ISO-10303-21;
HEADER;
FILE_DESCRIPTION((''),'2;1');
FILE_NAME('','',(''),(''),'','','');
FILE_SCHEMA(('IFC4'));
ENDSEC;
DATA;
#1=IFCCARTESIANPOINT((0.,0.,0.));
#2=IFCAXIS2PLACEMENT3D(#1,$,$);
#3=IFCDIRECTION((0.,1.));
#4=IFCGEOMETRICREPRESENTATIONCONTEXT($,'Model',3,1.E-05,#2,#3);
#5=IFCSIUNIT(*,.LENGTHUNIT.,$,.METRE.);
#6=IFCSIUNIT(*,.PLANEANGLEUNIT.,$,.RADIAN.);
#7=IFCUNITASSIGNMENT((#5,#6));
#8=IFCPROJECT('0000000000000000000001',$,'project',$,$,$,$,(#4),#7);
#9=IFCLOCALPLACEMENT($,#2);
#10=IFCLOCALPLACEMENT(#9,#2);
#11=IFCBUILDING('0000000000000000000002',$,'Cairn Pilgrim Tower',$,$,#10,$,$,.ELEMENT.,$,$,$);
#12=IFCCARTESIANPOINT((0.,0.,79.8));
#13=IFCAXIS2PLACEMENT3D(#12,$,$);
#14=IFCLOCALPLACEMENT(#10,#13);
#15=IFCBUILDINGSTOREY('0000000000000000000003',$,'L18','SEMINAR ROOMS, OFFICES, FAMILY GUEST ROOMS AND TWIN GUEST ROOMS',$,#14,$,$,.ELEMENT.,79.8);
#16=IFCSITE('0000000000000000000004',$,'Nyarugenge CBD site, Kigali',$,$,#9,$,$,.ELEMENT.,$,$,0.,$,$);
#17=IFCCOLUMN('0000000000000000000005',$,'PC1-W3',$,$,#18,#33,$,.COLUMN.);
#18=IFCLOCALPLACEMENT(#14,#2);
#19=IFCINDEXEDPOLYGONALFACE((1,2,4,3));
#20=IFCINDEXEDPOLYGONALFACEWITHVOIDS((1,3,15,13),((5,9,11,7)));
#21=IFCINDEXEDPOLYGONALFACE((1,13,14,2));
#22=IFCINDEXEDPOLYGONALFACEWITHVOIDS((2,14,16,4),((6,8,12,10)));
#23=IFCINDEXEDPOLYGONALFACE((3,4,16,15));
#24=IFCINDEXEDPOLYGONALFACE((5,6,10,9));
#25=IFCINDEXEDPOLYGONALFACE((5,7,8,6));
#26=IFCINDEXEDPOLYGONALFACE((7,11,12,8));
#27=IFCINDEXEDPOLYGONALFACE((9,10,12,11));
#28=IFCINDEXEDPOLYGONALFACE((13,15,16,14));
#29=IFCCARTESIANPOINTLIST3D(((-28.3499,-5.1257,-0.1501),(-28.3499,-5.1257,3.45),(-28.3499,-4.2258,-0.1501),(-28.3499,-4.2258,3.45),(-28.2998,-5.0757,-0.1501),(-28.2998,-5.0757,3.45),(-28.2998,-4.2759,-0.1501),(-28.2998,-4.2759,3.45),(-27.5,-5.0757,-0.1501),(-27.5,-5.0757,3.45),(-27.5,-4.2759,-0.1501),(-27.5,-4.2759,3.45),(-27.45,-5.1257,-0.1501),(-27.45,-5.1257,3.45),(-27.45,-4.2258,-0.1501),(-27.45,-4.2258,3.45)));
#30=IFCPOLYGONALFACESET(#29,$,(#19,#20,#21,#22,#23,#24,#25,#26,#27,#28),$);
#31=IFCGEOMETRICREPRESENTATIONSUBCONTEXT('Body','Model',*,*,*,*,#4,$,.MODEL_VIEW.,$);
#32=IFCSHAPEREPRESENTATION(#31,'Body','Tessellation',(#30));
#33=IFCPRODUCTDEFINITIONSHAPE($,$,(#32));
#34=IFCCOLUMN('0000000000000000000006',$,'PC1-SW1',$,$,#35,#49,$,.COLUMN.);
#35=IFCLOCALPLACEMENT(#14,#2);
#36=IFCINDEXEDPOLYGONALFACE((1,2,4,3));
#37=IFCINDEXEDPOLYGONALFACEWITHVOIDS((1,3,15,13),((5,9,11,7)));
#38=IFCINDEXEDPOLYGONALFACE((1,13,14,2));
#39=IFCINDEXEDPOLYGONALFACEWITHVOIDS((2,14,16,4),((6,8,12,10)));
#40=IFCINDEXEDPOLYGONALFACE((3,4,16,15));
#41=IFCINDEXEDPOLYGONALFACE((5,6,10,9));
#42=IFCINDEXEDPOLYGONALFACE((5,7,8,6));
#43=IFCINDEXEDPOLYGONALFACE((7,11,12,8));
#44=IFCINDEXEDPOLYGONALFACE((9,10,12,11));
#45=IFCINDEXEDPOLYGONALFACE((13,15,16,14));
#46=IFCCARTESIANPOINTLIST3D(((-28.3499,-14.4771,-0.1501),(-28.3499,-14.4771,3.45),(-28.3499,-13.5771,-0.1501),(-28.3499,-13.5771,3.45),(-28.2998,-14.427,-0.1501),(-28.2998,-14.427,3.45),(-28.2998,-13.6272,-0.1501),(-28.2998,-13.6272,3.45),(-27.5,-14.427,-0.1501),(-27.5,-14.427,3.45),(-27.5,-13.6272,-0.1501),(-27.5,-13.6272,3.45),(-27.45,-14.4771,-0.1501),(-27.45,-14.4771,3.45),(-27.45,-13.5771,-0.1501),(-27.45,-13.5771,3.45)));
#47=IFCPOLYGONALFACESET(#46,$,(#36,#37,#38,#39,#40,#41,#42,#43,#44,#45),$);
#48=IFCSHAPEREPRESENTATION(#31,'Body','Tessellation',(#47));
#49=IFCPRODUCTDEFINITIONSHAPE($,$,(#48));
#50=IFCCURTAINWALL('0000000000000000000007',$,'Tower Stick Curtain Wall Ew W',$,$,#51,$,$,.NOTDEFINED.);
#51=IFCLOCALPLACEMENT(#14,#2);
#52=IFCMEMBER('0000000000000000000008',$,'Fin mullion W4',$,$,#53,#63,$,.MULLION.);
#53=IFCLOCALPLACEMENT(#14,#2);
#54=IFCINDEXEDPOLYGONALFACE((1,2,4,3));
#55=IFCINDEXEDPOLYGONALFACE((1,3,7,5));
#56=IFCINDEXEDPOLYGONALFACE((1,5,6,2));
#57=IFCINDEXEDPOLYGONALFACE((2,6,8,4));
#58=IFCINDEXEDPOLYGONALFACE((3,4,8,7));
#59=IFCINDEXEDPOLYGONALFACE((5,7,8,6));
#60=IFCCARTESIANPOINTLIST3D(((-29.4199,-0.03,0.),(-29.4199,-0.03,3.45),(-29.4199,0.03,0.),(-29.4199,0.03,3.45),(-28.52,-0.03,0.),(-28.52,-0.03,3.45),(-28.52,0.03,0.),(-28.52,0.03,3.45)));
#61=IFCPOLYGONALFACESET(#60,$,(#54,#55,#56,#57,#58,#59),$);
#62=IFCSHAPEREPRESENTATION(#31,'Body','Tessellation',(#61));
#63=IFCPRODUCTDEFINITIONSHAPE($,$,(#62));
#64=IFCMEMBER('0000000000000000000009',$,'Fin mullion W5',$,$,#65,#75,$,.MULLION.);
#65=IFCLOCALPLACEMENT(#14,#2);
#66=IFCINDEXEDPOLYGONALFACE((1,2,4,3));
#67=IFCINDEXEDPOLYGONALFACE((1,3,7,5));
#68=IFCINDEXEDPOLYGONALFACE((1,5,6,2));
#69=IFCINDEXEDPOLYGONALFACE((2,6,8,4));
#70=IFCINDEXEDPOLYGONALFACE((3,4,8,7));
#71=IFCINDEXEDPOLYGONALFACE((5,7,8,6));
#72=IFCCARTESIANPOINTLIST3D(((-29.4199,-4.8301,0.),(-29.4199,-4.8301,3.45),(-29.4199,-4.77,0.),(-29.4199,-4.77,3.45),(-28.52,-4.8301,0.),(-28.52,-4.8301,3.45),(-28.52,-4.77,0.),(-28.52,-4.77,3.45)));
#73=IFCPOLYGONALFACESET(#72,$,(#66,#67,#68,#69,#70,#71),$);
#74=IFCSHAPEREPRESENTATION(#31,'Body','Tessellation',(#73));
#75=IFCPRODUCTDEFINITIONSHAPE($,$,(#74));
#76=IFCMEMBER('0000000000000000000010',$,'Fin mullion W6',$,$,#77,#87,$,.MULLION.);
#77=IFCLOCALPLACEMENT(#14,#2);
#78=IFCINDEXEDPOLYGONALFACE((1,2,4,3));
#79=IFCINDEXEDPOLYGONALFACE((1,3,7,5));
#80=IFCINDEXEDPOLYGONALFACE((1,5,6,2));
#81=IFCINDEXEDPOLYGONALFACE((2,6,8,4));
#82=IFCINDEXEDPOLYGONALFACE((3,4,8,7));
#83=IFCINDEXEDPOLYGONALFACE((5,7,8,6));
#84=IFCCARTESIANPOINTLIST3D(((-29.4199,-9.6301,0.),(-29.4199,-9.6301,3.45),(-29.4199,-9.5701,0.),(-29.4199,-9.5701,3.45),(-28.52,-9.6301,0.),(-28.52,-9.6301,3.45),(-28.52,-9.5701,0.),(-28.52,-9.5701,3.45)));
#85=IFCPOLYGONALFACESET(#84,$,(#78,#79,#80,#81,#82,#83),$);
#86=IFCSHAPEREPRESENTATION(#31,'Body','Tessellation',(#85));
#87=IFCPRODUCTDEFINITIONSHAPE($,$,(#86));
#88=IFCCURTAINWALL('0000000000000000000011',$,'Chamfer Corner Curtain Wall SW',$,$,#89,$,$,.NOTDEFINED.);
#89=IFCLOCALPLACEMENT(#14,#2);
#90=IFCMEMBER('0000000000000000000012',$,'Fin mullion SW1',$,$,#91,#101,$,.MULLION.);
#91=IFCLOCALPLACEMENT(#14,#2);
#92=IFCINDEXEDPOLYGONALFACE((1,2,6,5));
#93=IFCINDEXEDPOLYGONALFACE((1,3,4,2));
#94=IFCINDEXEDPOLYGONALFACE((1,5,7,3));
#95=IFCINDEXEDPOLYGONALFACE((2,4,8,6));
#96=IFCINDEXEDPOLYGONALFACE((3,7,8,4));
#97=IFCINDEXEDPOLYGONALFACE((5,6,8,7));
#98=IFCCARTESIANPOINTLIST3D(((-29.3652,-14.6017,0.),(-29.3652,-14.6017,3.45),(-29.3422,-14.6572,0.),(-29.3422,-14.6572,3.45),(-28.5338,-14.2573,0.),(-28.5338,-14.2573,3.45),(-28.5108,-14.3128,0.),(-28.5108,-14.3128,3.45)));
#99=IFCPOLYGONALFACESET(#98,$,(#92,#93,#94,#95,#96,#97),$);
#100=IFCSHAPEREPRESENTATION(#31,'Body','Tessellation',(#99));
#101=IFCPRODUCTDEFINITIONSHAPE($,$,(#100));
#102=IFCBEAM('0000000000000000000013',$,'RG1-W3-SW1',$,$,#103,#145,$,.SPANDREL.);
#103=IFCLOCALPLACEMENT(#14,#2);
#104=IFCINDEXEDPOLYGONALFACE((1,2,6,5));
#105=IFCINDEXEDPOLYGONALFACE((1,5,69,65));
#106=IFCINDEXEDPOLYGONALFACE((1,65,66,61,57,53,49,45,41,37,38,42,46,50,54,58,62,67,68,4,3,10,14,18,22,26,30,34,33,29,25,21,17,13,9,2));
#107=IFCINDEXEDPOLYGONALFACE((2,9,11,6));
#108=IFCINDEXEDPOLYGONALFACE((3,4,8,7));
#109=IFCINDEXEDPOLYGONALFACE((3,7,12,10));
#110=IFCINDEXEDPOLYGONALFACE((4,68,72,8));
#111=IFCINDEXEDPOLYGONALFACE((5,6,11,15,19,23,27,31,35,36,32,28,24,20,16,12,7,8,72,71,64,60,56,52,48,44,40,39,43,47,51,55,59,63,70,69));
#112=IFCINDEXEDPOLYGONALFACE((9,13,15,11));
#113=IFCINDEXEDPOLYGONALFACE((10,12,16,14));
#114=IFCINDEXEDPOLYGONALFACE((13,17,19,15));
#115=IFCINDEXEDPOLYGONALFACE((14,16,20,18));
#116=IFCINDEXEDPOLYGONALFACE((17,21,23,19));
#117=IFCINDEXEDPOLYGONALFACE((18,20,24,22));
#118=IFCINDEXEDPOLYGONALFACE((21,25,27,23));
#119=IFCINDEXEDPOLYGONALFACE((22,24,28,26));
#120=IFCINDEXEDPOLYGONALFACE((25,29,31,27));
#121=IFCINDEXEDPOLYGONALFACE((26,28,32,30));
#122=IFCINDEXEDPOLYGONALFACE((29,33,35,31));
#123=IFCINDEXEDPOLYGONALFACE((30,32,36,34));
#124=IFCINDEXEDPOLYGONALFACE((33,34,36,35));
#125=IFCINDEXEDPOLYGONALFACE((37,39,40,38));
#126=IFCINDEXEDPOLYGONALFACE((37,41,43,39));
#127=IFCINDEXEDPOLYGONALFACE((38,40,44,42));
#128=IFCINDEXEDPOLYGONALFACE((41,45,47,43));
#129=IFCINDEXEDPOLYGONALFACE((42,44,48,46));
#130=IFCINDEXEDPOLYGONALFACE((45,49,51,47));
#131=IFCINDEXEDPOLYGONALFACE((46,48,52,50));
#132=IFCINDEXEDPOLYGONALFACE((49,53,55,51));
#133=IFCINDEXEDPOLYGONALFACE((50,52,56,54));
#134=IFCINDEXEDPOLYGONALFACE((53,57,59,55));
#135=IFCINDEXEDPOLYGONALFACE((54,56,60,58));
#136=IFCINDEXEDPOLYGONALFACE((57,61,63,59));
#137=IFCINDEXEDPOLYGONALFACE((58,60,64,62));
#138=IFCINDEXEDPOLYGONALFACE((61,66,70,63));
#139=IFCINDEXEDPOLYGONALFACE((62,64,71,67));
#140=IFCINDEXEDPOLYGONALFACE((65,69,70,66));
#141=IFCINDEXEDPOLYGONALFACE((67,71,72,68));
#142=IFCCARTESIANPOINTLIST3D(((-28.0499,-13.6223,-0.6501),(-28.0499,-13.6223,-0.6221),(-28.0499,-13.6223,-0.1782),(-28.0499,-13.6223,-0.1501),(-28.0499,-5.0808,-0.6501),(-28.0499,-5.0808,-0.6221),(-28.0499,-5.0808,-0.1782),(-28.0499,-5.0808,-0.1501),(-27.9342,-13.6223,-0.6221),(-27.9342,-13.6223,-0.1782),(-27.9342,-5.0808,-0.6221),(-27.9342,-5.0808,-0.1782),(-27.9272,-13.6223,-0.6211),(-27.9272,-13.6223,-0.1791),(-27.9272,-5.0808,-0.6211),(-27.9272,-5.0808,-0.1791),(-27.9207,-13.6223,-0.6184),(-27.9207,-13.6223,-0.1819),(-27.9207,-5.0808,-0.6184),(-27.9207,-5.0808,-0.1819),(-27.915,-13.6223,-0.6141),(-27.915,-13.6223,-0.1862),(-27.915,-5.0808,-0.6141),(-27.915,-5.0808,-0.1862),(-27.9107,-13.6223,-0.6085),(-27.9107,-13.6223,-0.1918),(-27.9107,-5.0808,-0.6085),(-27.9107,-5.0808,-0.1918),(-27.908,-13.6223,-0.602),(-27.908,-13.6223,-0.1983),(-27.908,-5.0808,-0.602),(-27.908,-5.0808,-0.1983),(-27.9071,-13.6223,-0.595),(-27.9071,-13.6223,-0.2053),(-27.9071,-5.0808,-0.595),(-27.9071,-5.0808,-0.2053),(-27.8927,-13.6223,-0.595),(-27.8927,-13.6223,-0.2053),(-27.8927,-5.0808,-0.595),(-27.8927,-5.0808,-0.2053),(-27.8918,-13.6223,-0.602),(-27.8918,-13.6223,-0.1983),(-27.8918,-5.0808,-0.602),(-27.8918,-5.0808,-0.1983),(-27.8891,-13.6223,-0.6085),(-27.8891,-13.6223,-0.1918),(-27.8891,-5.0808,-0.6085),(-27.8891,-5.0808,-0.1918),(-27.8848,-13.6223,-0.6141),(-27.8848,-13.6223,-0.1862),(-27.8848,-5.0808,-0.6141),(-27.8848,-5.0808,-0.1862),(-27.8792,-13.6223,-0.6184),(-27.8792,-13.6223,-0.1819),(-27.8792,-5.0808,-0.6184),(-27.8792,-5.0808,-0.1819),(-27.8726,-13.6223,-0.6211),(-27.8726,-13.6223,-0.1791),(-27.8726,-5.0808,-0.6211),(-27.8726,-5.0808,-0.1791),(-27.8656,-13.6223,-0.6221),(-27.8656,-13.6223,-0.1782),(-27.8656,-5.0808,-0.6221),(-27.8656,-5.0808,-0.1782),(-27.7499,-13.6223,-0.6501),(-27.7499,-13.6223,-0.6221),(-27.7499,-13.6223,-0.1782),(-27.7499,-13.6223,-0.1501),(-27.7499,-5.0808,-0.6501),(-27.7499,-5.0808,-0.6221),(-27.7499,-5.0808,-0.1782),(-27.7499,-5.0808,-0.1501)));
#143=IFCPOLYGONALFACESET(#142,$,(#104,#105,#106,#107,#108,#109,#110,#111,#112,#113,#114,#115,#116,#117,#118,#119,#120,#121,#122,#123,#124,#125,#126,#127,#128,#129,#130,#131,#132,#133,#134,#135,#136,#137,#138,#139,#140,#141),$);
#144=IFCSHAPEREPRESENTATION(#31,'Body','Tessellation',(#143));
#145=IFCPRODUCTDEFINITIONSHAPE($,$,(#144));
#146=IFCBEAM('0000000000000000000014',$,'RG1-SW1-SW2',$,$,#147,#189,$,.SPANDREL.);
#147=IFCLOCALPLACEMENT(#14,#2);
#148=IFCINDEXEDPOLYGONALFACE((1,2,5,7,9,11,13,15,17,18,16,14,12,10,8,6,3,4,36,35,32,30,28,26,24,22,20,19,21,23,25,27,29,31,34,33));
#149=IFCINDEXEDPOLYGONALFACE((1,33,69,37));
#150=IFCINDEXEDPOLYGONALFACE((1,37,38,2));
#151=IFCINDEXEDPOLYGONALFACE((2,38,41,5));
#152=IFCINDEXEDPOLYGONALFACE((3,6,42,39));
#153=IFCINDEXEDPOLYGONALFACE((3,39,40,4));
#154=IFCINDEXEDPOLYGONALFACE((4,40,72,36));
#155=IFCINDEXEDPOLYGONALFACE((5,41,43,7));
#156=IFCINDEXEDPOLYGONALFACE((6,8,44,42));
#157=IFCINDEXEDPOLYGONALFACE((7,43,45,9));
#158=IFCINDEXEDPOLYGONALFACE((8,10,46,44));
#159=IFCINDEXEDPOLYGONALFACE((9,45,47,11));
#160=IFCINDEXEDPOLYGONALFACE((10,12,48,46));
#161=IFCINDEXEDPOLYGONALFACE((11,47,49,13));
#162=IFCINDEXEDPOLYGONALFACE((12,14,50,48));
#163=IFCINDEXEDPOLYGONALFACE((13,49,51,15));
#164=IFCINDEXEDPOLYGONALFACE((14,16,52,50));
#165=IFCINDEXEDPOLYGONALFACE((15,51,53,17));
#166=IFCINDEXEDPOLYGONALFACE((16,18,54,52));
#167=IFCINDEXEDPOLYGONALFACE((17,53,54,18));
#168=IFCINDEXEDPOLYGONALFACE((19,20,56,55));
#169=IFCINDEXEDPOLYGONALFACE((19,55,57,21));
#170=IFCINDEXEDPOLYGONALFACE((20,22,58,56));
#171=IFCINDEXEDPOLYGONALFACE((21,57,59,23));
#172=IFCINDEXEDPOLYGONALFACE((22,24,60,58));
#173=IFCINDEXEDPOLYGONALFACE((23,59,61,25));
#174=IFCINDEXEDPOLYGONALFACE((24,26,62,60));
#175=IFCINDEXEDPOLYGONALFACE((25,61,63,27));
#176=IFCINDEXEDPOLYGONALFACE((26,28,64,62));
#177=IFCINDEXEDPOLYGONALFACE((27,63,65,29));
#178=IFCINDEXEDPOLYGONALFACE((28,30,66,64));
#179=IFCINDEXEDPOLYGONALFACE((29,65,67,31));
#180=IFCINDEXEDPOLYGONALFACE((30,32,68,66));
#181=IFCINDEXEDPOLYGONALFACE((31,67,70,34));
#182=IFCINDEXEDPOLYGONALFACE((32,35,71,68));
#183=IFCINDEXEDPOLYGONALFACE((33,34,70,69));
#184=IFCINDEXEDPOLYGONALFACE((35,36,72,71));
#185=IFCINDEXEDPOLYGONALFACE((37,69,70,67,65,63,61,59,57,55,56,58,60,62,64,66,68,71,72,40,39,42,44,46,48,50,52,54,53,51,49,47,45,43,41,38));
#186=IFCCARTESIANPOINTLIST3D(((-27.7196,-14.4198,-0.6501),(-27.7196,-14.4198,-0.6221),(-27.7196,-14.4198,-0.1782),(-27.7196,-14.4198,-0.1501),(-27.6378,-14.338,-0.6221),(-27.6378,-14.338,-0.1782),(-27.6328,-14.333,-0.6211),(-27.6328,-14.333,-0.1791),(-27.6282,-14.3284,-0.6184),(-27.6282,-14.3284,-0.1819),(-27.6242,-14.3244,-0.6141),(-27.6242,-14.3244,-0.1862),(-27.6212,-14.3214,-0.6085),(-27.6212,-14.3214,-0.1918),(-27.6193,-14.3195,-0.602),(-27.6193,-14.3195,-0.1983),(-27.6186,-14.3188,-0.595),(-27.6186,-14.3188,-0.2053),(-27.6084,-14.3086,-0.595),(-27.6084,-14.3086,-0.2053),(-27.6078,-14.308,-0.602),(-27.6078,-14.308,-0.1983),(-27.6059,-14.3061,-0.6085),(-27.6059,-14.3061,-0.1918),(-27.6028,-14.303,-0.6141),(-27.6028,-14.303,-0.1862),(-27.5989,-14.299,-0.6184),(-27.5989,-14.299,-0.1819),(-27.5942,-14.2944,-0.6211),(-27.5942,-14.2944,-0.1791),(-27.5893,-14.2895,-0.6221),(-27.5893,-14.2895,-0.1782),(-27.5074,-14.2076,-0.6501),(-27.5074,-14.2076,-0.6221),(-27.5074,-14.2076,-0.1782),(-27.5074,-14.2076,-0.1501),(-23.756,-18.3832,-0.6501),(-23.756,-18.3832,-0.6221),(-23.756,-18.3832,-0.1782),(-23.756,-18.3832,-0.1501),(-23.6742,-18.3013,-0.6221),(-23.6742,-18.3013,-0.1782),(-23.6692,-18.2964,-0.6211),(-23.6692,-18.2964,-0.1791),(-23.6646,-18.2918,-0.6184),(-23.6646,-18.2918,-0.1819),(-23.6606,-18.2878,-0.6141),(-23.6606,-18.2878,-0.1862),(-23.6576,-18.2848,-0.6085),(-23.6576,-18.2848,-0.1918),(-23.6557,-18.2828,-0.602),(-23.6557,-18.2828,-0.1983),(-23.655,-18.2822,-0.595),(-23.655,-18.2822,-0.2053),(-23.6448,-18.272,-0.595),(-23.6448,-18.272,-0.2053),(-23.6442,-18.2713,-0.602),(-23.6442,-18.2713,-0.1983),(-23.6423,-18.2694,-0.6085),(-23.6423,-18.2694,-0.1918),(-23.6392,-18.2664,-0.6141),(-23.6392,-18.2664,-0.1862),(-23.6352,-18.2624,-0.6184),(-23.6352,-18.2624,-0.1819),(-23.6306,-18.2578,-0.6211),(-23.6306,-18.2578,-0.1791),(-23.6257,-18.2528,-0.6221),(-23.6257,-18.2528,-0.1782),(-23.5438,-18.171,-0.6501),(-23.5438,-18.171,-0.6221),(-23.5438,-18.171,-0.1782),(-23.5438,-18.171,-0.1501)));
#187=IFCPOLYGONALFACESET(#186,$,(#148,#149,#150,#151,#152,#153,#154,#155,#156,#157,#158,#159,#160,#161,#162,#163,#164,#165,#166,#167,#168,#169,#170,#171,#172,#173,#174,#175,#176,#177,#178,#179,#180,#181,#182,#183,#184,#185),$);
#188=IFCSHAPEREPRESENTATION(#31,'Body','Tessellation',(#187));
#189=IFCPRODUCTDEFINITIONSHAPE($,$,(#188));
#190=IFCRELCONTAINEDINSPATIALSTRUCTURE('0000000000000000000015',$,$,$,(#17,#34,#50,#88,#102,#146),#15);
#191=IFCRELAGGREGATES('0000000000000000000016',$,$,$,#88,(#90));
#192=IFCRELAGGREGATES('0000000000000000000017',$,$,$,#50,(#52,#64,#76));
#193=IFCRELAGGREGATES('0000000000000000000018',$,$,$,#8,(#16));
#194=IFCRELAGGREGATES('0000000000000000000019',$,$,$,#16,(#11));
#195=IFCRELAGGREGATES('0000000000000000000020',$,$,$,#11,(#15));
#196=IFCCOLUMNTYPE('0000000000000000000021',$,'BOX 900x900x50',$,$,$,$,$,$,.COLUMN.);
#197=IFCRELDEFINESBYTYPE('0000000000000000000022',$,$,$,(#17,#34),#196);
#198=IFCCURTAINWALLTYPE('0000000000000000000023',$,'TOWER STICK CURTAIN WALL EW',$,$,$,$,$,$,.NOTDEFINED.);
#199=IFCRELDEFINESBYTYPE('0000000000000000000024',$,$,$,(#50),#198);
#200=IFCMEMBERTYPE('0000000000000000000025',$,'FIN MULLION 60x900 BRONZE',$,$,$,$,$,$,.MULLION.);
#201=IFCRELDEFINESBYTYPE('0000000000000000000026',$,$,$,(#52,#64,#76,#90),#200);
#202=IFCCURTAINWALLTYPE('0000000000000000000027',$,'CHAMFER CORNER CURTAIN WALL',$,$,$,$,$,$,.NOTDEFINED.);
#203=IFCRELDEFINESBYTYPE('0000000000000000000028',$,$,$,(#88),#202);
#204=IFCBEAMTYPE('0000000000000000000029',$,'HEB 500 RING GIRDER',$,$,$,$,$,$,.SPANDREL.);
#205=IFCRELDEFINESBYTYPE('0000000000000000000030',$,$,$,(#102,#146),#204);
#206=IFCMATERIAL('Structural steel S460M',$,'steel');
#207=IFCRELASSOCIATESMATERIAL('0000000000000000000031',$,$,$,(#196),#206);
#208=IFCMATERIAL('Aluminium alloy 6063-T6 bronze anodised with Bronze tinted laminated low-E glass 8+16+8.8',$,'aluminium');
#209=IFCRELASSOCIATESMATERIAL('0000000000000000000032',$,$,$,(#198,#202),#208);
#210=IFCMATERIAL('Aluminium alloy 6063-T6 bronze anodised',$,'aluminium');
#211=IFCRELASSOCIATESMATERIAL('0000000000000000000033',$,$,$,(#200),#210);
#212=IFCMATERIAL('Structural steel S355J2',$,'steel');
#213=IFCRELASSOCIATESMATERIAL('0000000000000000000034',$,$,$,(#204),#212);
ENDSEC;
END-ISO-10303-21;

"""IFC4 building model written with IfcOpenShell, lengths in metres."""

from ifc_helpers import new_model, si_unit, direction, frame, origin, origin_2d, place, context, subcontext, project, spatial, rectangle, hollow_rectangle, i_section, extrude, material, material_profile, profile_set, type_object, element, aggregate, save


model = new_model("IFC4")

# Units and contexts
model_context = context("Model", 3, precision=1e-05, world=origin(), true_north=direction((0.0, 1.0)))
body_context = subcontext(model_context, "Body", "Model", "MODEL_VIEW")
ifc_project = project(units=[si_unit("LENGTHUNIT", "METRE"), si_unit("PLANEANGLEUNIT", "RADIAN")], contexts=[model_context])

# Site, building, storey
site_placement = place(None, origin())
site = spatial("IfcSite", under=ifc_project, at=site_placement, Name="Nyarugenge CBD site, Kigali", CompositionType="ELEMENT", RefElevation=0.0)
building_placement = place(site_placement, origin())
building = spatial("IfcBuilding", under=site, at=building_placement, Name="Cairn Pilgrim Tower", CompositionType="ELEMENT")
storey_placement = place(building_placement, frame((0.0, 0.0, 79.8)))
storey = spatial("IfcBuildingStorey", under=building, at=storey_placement, Name="L18", Description="SEMINAR ROOMS, OFFICES, FAMILY GUEST ROOMS AND TWIN GUEST ROOMS", CompositionType="ELEMENT", Elevation=79.8)

# Columns
ifc_material_1 = material(Name="Structural steel S460M", Category="steel")
ifc_material_profile_1 = material_profile(ifc_material_1, hollow_rectangle(XDim=0.8999, YDim=0.8999, WallThickness=0.05, at=origin_2d()), Name="BOX 900x900x50")
ifc_profile_set_1 = profile_set([ifc_material_profile_1], Name="Structural steel S460M")
column_type = type_object("IfcColumnType", Name="BOX 900x900x50", PredefinedType="COLUMN", material=ifc_profile_set_1)
for number, where, z_axis, x_axis, name in (
    (1, (-27.8999, -4.6758, -0.1501), (0.0, 0.0, 1.0), (1.0, 0.0, 0.0), "PC1-W3"),
    (2, (-27.8999, -14.0271, -0.1501), (0.0, 0.0, 1.0), (1.0, 0.0, 0.0), "PC1-SW1"),
):
    element("IfcColumn", number, at=place(storey_placement, frame(where, z_axis=z_axis, x_axis=x_axis)), inside=storey, type_object=column_type, Name=name, PredefinedType="COLUMN", context=body_context, shape_type="SweptSolid", body=[
        extrude(hollow_rectangle(XDim=0.8999, YDim=0.8999, WallThickness=0.05, at=origin_2d()), origin(), (0.0, 0.0, 1.0), 3.6001),
    ])

# Curtain wall, members
ifc_material_2 = material(Name="Aluminium alloy 6063-T6 bronze anodised with Bronze tinted laminated low-E glass 8+16+8.8", Category="aluminium")
curtain_wall_type_1 = type_object("IfcCurtainWallType", Name="TOWER STICK CURTAIN WALL EW", PredefinedType="NOTDEFINED", material=ifc_material_2)
curtain_wall_1_placement = place(storey_placement, origin())
curtain_wall_1 = element("IfcCurtainWall", 3, at=curtain_wall_1_placement, inside=storey, type_object=curtain_wall_type_1, Name="Tower Stick Curtain Wall Ew W", PredefinedType="NOTDEFINED")
ifc_material_3 = material(Name="Aluminium alloy 6063-T6 bronze anodised", Category="aluminium")
ifc_material_profile_2 = material_profile(ifc_material_3, rectangle(XDim=0.8999, YDim=0.0601, at=origin_2d()), Name="FIN MULLION 60x900 BRONZE")
ifc_profile_set_2 = profile_set([ifc_material_profile_2], Name="Aluminium alloy 6063-T6 bronze anodised")
member_type_1 = type_object("IfcMemberType", Name="FIN MULLION 60x900 BRONZE", PredefinedType="MULLION", material=ifc_profile_set_2)
member_1_placement = place(storey_placement, frame((-28.97, 0.0, 0.0), z_axis=(0.0, 0.0, 1.0), x_axis=(-1.0, 0.0, 0.0)))
member_1 = element("IfcMember", 4, at=member_1_placement, type_object=member_type_1, Name="Fin mullion W4", PredefinedType="MULLION", context=body_context, shape_type="SweptSolid", body=[
    extrude(rectangle(XDim=0.8999, YDim=0.0601, at=origin_2d()), origin(), (0.0, 0.0, 1.0), 3.45),
])
member_2_placement = place(storey_placement, frame((-28.97, -4.8, 0.0), z_axis=(0.0, 0.0, 1.0), x_axis=(-1.0, 0.0, 0.0)))
member_2 = element("IfcMember", 5, at=member_2_placement, type_object=member_type_1, Name="Fin mullion W5", PredefinedType="MULLION", context=body_context, shape_type="SweptSolid", body=[
    extrude(rectangle(XDim=0.8999, YDim=0.0601, at=origin_2d()), origin(), (0.0, 0.0, 1.0), 3.45),
])
member_3_placement = place(storey_placement, frame((-28.97, -9.6001, 0.0), z_axis=(0.0, 0.0, 1.0), x_axis=(-1.0, 0.0, 0.0)))
member_3 = element("IfcMember", 6, at=member_3_placement, type_object=member_type_1, Name="Fin mullion W6", PredefinedType="MULLION", context=body_context, shape_type="SweptSolid", body=[
    extrude(rectangle(XDim=0.8999, YDim=0.0601, at=origin_2d()), origin(), (0.0, 0.0, 1.0), 3.45),
])

# Curtain wall, member
curtain_wall_type_2 = type_object("IfcCurtainWallType", Name="CHAMFER CORNER CURTAIN WALL", PredefinedType="NOTDEFINED", material=ifc_material_2)
curtain_wall_2_placement = place(storey_placement, origin())
curtain_wall_2 = element("IfcCurtainWall", 7, at=curtain_wall_2_placement, inside=storey, type_object=curtain_wall_type_2, Name="Chamfer Corner Curtain Wall SW", PredefinedType="NOTDEFINED")
member_4_placement = place(storey_placement, frame((-28.938, -14.4573, 0.0), z_axis=(0.0, 0.0, 1.0), x_axis=(-0.92388, -0.382683, 0.0)))
member_4 = element("IfcMember", 8, at=member_4_placement, type_object=member_type_1, Name="Fin mullion SW1", PredefinedType="MULLION", context=body_context, shape_type="SweptSolid", body=[
    extrude(rectangle(XDim=0.8999, YDim=0.0601, at=origin_2d()), origin(), (0.0, 0.0, 1.0), 3.45),
])

# Beams
ifc_material_4 = material(Name="Structural steel S355J2", Category="steel")
ifc_material_profile_3 = material_profile(ifc_material_4, i_section(OverallWidth=0.3, OverallDepth=0.5, WebThickness=0.0144, FlangeThickness=0.0281, FilletRadius=0.0271, at=origin_2d()), Name="HEB 500")
ifc_profile_set_3 = profile_set([ifc_material_profile_3], Name="Structural steel S355J2")
beam_type_1 = type_object("IfcBeamType", Name="HEB 500 RING GIRDER", PredefinedType="SPANDREL", material=ifc_profile_set_3)
beam_1_placement = place(storey_placement, frame((-27.8999, -5.0808, -0.4001), z_axis=(0.0, -1.0, 0.0), x_axis=(1.0, 0.0, 0.0)))
element("IfcBeam", 9, at=beam_1_placement, inside=storey, type_object=beam_type_1, Name="RG1-W3-SW1", PredefinedType="SPANDREL", context=body_context, shape_type="SweptSolid", body=[
    extrude(i_section(OverallWidth=0.3, OverallDepth=0.5, WebThickness=0.0144, FlangeThickness=0.0281, FilletRadius=0.0271, at=origin_2d()), origin(), (0.0, 0.0, 1.0), 8.5415),
])
beam_2_placement = place(storey_placement, frame((-27.6135, -14.3137, -0.4001), z_axis=(0.707129, -0.707085, 0.0), x_axis=(0.707085, 0.707129, 0.0)))
element("IfcBeam", 10, at=beam_2_placement, inside=storey, type_object=beam_type_1, Name="RG1-SW1-SW2", PredefinedType="SPANDREL", context=body_context, shape_type="SweptSolid", body=[
    extrude(i_section(OverallWidth=0.3, OverallDepth=0.5, WebThickness=0.0144, FlangeThickness=0.0281, FilletRadius=0.0271, at=origin_2d()), origin(), (0.0, 0.0, 1.0), 5.6052),
])

aggregate(curtain_wall_2, [member_4])

aggregate(curtain_wall_1, [member_1, member_2, member_3])

save(model, "model.ifc")
